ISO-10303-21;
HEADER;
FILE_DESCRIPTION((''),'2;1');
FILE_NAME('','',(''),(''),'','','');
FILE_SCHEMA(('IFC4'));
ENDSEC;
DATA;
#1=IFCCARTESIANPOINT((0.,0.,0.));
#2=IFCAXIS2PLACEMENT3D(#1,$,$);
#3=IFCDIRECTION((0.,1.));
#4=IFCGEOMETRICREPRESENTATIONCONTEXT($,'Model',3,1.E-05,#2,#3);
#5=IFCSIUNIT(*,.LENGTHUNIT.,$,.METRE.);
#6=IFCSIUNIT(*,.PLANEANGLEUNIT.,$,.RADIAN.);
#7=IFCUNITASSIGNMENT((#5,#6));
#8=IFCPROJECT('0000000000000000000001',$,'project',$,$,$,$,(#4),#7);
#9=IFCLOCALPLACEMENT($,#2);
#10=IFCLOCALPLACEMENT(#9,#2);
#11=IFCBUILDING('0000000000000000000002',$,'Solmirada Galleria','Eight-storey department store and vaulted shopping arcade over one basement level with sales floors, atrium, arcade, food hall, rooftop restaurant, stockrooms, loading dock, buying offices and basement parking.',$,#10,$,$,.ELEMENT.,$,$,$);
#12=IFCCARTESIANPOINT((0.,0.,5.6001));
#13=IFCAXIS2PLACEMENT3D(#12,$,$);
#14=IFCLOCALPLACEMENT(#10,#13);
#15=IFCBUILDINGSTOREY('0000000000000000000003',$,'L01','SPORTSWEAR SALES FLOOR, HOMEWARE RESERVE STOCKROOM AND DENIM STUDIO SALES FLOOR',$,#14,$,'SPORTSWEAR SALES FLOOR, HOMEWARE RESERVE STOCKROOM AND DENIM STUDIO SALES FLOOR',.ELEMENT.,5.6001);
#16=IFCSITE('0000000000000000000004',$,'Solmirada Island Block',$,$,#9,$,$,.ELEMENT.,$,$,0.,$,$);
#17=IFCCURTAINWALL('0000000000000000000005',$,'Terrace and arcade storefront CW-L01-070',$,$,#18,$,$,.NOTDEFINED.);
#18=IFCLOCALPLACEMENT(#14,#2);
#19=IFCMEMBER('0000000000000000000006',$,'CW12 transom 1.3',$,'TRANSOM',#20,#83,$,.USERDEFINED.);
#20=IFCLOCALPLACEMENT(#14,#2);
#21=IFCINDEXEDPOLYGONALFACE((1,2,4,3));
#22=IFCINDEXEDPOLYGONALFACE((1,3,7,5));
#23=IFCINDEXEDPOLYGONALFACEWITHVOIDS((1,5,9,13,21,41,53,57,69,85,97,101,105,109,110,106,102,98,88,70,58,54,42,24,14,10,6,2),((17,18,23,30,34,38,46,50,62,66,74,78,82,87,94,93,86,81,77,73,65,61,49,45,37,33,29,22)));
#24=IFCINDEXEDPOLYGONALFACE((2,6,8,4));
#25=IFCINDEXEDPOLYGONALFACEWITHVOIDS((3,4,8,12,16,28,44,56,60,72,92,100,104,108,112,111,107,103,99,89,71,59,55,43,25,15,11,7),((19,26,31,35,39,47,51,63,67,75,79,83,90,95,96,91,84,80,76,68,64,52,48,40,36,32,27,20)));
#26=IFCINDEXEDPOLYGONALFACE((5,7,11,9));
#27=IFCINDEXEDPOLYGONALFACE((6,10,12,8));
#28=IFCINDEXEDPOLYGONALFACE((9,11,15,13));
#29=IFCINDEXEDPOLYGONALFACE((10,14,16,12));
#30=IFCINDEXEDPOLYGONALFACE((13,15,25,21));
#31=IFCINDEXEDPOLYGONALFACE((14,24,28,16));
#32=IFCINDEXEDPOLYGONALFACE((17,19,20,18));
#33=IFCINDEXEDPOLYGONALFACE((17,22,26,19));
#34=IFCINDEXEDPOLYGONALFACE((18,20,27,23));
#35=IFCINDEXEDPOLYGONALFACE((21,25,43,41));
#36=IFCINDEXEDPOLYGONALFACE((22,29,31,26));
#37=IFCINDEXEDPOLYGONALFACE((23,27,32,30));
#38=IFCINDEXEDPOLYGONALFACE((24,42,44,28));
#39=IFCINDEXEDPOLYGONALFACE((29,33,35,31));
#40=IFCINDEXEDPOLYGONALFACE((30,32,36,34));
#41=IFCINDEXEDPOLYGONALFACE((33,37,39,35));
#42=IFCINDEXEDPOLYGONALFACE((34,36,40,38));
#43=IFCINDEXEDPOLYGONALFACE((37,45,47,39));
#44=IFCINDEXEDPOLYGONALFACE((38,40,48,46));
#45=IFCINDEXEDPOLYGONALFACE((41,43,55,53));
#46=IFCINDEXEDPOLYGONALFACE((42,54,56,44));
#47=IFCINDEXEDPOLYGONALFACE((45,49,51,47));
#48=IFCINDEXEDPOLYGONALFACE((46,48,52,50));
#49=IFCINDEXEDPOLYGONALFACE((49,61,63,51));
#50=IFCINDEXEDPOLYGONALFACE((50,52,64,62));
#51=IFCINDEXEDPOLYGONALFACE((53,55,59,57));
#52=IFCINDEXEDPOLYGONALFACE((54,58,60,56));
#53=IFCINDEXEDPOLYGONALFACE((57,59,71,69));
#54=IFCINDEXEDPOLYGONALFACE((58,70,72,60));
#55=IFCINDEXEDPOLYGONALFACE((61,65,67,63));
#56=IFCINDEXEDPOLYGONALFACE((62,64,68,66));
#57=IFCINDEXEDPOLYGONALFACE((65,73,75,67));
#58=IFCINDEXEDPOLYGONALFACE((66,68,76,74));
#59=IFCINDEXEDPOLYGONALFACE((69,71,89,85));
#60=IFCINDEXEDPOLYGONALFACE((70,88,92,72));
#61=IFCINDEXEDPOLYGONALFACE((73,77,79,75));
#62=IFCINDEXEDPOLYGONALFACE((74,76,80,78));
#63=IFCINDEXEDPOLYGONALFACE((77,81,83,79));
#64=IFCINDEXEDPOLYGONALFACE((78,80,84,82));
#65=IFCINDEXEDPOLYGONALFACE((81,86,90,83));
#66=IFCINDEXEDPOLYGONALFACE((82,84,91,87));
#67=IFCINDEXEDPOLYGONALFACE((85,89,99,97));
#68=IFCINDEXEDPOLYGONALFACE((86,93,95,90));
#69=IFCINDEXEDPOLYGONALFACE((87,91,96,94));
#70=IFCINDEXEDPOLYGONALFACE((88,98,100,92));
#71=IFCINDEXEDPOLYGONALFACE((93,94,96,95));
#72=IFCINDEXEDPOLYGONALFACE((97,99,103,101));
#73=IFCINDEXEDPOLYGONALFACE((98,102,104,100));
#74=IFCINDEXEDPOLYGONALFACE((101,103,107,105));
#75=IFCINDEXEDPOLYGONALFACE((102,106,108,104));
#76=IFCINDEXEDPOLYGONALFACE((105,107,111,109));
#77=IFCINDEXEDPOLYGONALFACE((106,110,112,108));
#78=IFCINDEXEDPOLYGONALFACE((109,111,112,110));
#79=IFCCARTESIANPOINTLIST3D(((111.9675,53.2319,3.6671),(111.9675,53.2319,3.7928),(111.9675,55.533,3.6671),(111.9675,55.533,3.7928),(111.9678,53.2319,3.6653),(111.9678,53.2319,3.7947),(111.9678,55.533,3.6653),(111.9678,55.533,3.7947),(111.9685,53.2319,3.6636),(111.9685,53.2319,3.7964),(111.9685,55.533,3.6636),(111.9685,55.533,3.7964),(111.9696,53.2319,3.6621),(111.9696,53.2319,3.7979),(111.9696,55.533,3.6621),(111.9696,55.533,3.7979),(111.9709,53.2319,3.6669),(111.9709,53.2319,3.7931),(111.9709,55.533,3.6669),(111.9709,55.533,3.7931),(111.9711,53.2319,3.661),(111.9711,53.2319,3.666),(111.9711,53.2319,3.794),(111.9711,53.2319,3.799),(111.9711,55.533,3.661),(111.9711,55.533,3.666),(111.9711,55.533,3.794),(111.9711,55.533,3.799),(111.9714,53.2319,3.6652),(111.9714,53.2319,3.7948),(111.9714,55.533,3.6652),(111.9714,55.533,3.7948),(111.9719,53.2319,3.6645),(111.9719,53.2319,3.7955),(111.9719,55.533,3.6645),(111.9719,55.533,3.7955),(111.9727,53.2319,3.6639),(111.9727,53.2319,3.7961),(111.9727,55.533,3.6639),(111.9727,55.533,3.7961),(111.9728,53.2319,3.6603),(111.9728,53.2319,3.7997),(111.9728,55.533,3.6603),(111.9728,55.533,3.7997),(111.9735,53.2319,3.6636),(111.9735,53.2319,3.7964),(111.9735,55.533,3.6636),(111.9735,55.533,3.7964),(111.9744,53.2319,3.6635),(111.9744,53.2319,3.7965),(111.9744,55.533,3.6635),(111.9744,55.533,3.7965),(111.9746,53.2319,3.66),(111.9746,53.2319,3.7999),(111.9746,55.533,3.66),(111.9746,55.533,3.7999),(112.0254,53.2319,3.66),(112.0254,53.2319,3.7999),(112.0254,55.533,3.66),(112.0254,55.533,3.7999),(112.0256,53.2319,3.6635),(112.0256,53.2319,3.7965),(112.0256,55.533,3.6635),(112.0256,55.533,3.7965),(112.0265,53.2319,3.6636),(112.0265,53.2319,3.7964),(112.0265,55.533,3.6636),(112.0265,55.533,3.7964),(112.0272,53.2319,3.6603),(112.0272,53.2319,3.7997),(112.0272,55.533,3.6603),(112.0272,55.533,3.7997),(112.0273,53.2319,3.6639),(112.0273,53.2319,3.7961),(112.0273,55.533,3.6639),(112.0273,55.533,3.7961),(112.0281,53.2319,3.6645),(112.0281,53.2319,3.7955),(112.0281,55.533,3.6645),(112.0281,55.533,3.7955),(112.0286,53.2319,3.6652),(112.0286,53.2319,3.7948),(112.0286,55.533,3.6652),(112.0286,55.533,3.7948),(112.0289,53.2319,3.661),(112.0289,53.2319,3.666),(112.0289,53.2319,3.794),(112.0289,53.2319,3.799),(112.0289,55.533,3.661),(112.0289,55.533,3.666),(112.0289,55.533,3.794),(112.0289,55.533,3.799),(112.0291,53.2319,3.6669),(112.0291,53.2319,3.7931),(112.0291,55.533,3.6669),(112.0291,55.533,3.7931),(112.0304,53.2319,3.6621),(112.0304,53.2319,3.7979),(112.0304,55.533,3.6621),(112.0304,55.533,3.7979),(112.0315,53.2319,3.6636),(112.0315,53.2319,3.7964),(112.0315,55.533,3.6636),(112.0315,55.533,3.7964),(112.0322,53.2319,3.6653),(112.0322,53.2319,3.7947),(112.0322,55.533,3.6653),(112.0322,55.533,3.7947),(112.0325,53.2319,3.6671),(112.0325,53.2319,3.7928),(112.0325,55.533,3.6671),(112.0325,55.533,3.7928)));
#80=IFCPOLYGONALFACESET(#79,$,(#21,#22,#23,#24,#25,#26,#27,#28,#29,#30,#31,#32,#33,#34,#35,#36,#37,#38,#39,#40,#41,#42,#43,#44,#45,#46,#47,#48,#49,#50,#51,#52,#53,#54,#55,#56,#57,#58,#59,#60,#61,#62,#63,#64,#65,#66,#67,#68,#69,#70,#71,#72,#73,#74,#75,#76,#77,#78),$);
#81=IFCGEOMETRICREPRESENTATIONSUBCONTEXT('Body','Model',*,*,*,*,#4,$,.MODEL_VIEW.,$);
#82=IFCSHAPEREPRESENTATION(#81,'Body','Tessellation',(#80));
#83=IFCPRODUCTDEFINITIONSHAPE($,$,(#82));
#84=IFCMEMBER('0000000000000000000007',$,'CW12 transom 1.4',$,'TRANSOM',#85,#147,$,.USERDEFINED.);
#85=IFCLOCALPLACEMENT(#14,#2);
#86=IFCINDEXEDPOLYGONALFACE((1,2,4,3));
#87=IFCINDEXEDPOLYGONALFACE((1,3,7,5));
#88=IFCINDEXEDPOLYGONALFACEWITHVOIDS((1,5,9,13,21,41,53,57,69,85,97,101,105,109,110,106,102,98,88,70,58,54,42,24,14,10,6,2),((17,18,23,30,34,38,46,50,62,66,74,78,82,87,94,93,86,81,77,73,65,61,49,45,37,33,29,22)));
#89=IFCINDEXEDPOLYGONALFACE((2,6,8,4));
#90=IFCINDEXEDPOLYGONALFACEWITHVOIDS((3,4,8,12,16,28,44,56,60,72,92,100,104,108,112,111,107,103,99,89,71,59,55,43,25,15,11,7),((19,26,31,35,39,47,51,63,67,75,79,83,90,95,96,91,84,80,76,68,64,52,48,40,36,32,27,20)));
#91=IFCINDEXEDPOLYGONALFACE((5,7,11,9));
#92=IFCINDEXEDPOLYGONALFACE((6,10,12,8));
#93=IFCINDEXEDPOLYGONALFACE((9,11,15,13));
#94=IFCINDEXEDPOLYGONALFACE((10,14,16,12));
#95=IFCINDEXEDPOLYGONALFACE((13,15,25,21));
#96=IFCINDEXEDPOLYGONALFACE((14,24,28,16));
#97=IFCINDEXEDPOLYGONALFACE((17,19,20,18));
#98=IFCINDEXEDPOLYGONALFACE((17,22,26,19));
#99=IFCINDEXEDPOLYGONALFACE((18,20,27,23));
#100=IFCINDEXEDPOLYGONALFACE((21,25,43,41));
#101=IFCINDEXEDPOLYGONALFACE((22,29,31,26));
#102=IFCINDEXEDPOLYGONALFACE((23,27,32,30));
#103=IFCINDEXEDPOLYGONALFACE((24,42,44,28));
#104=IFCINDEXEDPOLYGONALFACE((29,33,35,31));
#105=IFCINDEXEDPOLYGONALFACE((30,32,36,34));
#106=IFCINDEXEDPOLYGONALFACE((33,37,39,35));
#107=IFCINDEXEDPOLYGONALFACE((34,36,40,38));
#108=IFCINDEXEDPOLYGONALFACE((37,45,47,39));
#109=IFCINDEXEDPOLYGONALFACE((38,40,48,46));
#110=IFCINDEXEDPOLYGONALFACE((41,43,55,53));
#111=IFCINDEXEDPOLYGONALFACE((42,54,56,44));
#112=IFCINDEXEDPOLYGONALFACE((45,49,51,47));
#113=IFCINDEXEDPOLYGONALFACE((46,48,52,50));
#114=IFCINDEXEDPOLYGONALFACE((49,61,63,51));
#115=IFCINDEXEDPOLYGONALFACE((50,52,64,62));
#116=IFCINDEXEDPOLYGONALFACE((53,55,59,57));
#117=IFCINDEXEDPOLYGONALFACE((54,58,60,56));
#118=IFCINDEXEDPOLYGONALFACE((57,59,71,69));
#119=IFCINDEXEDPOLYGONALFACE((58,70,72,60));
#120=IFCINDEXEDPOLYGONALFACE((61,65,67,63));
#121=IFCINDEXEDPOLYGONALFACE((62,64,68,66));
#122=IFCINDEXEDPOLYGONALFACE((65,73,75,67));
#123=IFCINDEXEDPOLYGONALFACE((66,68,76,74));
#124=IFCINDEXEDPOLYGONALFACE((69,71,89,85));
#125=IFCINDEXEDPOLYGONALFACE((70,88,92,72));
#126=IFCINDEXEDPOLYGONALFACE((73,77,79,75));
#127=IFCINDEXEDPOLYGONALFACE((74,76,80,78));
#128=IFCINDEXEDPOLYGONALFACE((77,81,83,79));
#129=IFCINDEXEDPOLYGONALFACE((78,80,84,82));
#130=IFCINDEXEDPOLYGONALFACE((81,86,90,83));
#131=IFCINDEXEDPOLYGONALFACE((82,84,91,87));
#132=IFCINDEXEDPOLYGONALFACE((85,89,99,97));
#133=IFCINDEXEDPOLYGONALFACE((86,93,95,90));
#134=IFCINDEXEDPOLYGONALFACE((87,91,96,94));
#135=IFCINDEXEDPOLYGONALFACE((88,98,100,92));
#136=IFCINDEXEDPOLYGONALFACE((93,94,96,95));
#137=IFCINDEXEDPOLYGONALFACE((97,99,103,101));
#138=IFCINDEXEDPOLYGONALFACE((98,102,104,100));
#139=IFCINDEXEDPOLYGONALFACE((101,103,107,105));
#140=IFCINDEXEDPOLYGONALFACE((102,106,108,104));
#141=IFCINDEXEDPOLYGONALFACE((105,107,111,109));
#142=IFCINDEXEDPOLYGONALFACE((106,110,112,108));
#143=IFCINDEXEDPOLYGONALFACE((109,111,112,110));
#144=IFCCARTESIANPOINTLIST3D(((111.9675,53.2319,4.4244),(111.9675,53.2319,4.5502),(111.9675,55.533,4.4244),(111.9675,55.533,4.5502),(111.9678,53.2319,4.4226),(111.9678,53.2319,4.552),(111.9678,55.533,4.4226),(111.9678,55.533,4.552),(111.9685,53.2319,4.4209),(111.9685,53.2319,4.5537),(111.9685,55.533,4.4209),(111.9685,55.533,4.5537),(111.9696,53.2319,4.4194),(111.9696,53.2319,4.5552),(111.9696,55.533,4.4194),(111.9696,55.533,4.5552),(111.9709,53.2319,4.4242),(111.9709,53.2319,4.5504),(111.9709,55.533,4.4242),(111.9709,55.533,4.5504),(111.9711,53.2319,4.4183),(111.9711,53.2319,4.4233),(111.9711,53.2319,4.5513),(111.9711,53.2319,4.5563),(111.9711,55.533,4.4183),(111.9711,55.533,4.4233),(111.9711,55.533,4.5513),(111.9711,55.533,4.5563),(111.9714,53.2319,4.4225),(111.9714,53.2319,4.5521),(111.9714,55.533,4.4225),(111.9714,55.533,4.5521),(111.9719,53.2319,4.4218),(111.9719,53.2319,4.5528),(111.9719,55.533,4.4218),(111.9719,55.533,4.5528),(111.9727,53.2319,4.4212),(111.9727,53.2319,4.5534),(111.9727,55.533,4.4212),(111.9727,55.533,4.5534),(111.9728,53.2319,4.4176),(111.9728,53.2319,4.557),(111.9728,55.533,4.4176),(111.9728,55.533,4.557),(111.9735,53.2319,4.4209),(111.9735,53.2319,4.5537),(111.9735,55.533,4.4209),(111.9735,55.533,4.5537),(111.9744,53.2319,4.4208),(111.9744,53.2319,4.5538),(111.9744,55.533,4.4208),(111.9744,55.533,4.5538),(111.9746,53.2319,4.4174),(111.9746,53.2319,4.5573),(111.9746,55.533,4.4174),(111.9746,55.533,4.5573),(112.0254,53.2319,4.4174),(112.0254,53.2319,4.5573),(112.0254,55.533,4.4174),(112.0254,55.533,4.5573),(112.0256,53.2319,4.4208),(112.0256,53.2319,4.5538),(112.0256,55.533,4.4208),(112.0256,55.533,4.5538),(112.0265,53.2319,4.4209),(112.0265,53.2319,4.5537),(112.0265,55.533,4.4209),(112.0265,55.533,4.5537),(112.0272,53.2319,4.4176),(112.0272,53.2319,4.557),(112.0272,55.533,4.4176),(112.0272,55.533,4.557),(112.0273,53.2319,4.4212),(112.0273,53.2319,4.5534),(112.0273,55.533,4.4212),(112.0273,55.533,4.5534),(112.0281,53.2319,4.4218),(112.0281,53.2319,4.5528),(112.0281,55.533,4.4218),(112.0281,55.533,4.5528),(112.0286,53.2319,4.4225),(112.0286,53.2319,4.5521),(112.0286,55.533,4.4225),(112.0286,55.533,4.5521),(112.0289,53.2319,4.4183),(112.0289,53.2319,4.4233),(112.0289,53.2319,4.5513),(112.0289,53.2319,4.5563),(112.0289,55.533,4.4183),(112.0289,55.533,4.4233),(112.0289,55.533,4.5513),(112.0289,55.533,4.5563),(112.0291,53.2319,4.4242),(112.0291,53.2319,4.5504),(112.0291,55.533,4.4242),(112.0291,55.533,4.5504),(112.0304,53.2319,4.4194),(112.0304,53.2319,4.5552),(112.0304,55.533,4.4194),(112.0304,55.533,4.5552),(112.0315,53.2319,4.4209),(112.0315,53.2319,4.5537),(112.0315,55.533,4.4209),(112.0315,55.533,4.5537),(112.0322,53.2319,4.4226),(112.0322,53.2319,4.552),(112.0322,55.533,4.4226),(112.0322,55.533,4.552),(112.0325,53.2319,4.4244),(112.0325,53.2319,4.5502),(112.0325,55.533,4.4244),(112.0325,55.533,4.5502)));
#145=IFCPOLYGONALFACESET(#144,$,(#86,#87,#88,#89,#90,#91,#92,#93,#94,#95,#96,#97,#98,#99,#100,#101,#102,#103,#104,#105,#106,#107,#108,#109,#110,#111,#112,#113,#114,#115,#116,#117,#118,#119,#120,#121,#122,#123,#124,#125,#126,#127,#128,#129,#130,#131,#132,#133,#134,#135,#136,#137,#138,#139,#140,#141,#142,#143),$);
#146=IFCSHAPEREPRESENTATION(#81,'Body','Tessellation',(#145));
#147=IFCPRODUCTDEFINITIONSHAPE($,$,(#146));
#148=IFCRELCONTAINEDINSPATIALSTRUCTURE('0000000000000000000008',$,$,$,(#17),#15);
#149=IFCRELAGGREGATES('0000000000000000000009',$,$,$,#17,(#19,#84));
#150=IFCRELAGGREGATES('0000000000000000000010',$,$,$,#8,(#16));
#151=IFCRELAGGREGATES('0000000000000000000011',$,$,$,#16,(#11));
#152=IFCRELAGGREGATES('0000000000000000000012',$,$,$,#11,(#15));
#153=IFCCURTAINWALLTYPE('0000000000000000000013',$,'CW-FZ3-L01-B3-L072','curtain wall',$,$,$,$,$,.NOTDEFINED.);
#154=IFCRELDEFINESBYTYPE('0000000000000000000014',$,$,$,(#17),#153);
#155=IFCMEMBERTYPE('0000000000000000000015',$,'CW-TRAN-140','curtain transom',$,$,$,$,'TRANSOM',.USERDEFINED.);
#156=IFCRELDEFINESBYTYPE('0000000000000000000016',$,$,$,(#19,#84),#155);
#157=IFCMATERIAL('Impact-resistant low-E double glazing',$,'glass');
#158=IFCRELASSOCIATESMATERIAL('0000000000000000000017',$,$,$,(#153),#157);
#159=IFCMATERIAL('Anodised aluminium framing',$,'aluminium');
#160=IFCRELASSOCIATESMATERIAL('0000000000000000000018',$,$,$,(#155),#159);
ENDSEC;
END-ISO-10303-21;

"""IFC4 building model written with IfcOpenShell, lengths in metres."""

from ifc_helpers import new_model, si_unit, direction, frame, origin, origin_2d, place, context, subcontext, project, spatial, hollow_rectangle, extrude, material, material_profile, profile_set, type_object, element, aggregate, save


model = new_model("IFC4")

# Units and contexts
model_context = context("Model", 3, precision=1e-05, world=origin(), true_north=direction((0.0, 1.0)))
body_context = subcontext(model_context, "Body", "Model", "MODEL_VIEW")
ifc_project = project(units=[si_unit("LENGTHUNIT", "METRE"), si_unit("PLANEANGLEUNIT", "RADIAN")], contexts=[model_context])

# Site, building, storey
site_placement = place(None, origin())
site = spatial("IfcSite", under=ifc_project, at=site_placement, Name="Solmirada Island Block", CompositionType="ELEMENT", RefElevation=0.0)
building_placement = place(site_placement, origin())
building = spatial("IfcBuilding", under=site, at=building_placement, Name="Solmirada Galleria", Description="Eight-storey department store and vaulted shopping arcade over one basement level with sales floors, atrium, arcade, food hall, rooftop restaurant, stockrooms, loading dock, buying offices and basement parking.", CompositionType="ELEMENT")
storey_placement = place(building_placement, frame((0.0, 0.0, 5.6001)))
storey = spatial("IfcBuildingStorey", under=building, at=storey_placement, Name="L01", Description="SPORTSWEAR SALES FLOOR, HOMEWARE RESERVE STOCKROOM AND DENIM STUDIO SALES FLOOR", LongName="SPORTSWEAR SALES FLOOR, HOMEWARE RESERVE STOCKROOM AND DENIM STUDIO SALES FLOOR", CompositionType="ELEMENT", Elevation=5.6001)

# Curtain wall
ifc_material_1 = material(Name="Impact-resistant low-E double glazing", Category="glass")
curtain_wall_type = type_object("IfcCurtainWallType", Name="CW-FZ3-L01-B3-L072", Description="curtain wall", PredefinedType="NOTDEFINED", material=ifc_material_1)
ifc_material_2 = material(Name="Anodised aluminium framing", Category="aluminium")
curtain_wall_1_placement = place(storey_placement, origin())
curtain_wall_1 = element("IfcCurtainWall", 1, at=curtain_wall_1_placement, inside=storey, type_object=curtain_wall_type, Name="Terrace and arcade storefront CW-L01-070", PredefinedType="NOTDEFINED")

# Members
ifc_material_profile_1 = material_profile(ifc_material_2, hollow_rectangle(XDim=0.0649, YDim=0.1399, WallThickness=0.0034, InnerFilletRadius=0.0034, OuterFilletRadius=0.0071, at=origin_2d()), Name="ALU-TRAN-140X65")
ifc_profile_set_1 = profile_set([ifc_material_profile_1], Name="Anodised aluminium framing")
member_type_1 = type_object("IfcMemberType", Name="CW-TRAN-140", Description="curtain transom", ElementType="TRANSOM", PredefinedType="USERDEFINED", material=ifc_profile_set_1)
member_1_placement = place(storey_placement, frame((112.0, 55.533, 3.73), z_axis=(0.0, -1.0, 0.0), x_axis=(1.0, 0.0, 0.0)))
member_1 = element("IfcMember", 2, at=member_1_placement, type_object=member_type_1, Name="CW12 transom 1.3", ObjectType="TRANSOM", PredefinedType="USERDEFINED", context=body_context, shape_type="SweptSolid", body=[
    extrude(hollow_rectangle(XDim=0.0649, YDim=0.1399, WallThickness=0.0034, InnerFilletRadius=0.0034, OuterFilletRadius=0.0071, at=origin_2d()), origin(), (0.0, 0.0, 1.0), 2.301),
])
member_2_placement = place(storey_placement, frame((112.0, 55.533, 4.4873), z_axis=(0.0, -1.0, 0.0), x_axis=(1.0, 0.0, 0.0)))
member_2 = element("IfcMember", 3, at=member_2_placement, type_object=member_type_1, Name="CW12 transom 1.4", ObjectType="TRANSOM", PredefinedType="USERDEFINED", context=body_context, shape_type="SweptSolid", body=[
    extrude(hollow_rectangle(XDim=0.0649, YDim=0.1399, WallThickness=0.0034, InnerFilletRadius=0.0034, OuterFilletRadius=0.0071, at=origin_2d()), origin(), (0.0, 0.0, 1.0), 2.301),
])

aggregate(curtain_wall_1, [member_1, member_2])

save(model, "model.ifc")
